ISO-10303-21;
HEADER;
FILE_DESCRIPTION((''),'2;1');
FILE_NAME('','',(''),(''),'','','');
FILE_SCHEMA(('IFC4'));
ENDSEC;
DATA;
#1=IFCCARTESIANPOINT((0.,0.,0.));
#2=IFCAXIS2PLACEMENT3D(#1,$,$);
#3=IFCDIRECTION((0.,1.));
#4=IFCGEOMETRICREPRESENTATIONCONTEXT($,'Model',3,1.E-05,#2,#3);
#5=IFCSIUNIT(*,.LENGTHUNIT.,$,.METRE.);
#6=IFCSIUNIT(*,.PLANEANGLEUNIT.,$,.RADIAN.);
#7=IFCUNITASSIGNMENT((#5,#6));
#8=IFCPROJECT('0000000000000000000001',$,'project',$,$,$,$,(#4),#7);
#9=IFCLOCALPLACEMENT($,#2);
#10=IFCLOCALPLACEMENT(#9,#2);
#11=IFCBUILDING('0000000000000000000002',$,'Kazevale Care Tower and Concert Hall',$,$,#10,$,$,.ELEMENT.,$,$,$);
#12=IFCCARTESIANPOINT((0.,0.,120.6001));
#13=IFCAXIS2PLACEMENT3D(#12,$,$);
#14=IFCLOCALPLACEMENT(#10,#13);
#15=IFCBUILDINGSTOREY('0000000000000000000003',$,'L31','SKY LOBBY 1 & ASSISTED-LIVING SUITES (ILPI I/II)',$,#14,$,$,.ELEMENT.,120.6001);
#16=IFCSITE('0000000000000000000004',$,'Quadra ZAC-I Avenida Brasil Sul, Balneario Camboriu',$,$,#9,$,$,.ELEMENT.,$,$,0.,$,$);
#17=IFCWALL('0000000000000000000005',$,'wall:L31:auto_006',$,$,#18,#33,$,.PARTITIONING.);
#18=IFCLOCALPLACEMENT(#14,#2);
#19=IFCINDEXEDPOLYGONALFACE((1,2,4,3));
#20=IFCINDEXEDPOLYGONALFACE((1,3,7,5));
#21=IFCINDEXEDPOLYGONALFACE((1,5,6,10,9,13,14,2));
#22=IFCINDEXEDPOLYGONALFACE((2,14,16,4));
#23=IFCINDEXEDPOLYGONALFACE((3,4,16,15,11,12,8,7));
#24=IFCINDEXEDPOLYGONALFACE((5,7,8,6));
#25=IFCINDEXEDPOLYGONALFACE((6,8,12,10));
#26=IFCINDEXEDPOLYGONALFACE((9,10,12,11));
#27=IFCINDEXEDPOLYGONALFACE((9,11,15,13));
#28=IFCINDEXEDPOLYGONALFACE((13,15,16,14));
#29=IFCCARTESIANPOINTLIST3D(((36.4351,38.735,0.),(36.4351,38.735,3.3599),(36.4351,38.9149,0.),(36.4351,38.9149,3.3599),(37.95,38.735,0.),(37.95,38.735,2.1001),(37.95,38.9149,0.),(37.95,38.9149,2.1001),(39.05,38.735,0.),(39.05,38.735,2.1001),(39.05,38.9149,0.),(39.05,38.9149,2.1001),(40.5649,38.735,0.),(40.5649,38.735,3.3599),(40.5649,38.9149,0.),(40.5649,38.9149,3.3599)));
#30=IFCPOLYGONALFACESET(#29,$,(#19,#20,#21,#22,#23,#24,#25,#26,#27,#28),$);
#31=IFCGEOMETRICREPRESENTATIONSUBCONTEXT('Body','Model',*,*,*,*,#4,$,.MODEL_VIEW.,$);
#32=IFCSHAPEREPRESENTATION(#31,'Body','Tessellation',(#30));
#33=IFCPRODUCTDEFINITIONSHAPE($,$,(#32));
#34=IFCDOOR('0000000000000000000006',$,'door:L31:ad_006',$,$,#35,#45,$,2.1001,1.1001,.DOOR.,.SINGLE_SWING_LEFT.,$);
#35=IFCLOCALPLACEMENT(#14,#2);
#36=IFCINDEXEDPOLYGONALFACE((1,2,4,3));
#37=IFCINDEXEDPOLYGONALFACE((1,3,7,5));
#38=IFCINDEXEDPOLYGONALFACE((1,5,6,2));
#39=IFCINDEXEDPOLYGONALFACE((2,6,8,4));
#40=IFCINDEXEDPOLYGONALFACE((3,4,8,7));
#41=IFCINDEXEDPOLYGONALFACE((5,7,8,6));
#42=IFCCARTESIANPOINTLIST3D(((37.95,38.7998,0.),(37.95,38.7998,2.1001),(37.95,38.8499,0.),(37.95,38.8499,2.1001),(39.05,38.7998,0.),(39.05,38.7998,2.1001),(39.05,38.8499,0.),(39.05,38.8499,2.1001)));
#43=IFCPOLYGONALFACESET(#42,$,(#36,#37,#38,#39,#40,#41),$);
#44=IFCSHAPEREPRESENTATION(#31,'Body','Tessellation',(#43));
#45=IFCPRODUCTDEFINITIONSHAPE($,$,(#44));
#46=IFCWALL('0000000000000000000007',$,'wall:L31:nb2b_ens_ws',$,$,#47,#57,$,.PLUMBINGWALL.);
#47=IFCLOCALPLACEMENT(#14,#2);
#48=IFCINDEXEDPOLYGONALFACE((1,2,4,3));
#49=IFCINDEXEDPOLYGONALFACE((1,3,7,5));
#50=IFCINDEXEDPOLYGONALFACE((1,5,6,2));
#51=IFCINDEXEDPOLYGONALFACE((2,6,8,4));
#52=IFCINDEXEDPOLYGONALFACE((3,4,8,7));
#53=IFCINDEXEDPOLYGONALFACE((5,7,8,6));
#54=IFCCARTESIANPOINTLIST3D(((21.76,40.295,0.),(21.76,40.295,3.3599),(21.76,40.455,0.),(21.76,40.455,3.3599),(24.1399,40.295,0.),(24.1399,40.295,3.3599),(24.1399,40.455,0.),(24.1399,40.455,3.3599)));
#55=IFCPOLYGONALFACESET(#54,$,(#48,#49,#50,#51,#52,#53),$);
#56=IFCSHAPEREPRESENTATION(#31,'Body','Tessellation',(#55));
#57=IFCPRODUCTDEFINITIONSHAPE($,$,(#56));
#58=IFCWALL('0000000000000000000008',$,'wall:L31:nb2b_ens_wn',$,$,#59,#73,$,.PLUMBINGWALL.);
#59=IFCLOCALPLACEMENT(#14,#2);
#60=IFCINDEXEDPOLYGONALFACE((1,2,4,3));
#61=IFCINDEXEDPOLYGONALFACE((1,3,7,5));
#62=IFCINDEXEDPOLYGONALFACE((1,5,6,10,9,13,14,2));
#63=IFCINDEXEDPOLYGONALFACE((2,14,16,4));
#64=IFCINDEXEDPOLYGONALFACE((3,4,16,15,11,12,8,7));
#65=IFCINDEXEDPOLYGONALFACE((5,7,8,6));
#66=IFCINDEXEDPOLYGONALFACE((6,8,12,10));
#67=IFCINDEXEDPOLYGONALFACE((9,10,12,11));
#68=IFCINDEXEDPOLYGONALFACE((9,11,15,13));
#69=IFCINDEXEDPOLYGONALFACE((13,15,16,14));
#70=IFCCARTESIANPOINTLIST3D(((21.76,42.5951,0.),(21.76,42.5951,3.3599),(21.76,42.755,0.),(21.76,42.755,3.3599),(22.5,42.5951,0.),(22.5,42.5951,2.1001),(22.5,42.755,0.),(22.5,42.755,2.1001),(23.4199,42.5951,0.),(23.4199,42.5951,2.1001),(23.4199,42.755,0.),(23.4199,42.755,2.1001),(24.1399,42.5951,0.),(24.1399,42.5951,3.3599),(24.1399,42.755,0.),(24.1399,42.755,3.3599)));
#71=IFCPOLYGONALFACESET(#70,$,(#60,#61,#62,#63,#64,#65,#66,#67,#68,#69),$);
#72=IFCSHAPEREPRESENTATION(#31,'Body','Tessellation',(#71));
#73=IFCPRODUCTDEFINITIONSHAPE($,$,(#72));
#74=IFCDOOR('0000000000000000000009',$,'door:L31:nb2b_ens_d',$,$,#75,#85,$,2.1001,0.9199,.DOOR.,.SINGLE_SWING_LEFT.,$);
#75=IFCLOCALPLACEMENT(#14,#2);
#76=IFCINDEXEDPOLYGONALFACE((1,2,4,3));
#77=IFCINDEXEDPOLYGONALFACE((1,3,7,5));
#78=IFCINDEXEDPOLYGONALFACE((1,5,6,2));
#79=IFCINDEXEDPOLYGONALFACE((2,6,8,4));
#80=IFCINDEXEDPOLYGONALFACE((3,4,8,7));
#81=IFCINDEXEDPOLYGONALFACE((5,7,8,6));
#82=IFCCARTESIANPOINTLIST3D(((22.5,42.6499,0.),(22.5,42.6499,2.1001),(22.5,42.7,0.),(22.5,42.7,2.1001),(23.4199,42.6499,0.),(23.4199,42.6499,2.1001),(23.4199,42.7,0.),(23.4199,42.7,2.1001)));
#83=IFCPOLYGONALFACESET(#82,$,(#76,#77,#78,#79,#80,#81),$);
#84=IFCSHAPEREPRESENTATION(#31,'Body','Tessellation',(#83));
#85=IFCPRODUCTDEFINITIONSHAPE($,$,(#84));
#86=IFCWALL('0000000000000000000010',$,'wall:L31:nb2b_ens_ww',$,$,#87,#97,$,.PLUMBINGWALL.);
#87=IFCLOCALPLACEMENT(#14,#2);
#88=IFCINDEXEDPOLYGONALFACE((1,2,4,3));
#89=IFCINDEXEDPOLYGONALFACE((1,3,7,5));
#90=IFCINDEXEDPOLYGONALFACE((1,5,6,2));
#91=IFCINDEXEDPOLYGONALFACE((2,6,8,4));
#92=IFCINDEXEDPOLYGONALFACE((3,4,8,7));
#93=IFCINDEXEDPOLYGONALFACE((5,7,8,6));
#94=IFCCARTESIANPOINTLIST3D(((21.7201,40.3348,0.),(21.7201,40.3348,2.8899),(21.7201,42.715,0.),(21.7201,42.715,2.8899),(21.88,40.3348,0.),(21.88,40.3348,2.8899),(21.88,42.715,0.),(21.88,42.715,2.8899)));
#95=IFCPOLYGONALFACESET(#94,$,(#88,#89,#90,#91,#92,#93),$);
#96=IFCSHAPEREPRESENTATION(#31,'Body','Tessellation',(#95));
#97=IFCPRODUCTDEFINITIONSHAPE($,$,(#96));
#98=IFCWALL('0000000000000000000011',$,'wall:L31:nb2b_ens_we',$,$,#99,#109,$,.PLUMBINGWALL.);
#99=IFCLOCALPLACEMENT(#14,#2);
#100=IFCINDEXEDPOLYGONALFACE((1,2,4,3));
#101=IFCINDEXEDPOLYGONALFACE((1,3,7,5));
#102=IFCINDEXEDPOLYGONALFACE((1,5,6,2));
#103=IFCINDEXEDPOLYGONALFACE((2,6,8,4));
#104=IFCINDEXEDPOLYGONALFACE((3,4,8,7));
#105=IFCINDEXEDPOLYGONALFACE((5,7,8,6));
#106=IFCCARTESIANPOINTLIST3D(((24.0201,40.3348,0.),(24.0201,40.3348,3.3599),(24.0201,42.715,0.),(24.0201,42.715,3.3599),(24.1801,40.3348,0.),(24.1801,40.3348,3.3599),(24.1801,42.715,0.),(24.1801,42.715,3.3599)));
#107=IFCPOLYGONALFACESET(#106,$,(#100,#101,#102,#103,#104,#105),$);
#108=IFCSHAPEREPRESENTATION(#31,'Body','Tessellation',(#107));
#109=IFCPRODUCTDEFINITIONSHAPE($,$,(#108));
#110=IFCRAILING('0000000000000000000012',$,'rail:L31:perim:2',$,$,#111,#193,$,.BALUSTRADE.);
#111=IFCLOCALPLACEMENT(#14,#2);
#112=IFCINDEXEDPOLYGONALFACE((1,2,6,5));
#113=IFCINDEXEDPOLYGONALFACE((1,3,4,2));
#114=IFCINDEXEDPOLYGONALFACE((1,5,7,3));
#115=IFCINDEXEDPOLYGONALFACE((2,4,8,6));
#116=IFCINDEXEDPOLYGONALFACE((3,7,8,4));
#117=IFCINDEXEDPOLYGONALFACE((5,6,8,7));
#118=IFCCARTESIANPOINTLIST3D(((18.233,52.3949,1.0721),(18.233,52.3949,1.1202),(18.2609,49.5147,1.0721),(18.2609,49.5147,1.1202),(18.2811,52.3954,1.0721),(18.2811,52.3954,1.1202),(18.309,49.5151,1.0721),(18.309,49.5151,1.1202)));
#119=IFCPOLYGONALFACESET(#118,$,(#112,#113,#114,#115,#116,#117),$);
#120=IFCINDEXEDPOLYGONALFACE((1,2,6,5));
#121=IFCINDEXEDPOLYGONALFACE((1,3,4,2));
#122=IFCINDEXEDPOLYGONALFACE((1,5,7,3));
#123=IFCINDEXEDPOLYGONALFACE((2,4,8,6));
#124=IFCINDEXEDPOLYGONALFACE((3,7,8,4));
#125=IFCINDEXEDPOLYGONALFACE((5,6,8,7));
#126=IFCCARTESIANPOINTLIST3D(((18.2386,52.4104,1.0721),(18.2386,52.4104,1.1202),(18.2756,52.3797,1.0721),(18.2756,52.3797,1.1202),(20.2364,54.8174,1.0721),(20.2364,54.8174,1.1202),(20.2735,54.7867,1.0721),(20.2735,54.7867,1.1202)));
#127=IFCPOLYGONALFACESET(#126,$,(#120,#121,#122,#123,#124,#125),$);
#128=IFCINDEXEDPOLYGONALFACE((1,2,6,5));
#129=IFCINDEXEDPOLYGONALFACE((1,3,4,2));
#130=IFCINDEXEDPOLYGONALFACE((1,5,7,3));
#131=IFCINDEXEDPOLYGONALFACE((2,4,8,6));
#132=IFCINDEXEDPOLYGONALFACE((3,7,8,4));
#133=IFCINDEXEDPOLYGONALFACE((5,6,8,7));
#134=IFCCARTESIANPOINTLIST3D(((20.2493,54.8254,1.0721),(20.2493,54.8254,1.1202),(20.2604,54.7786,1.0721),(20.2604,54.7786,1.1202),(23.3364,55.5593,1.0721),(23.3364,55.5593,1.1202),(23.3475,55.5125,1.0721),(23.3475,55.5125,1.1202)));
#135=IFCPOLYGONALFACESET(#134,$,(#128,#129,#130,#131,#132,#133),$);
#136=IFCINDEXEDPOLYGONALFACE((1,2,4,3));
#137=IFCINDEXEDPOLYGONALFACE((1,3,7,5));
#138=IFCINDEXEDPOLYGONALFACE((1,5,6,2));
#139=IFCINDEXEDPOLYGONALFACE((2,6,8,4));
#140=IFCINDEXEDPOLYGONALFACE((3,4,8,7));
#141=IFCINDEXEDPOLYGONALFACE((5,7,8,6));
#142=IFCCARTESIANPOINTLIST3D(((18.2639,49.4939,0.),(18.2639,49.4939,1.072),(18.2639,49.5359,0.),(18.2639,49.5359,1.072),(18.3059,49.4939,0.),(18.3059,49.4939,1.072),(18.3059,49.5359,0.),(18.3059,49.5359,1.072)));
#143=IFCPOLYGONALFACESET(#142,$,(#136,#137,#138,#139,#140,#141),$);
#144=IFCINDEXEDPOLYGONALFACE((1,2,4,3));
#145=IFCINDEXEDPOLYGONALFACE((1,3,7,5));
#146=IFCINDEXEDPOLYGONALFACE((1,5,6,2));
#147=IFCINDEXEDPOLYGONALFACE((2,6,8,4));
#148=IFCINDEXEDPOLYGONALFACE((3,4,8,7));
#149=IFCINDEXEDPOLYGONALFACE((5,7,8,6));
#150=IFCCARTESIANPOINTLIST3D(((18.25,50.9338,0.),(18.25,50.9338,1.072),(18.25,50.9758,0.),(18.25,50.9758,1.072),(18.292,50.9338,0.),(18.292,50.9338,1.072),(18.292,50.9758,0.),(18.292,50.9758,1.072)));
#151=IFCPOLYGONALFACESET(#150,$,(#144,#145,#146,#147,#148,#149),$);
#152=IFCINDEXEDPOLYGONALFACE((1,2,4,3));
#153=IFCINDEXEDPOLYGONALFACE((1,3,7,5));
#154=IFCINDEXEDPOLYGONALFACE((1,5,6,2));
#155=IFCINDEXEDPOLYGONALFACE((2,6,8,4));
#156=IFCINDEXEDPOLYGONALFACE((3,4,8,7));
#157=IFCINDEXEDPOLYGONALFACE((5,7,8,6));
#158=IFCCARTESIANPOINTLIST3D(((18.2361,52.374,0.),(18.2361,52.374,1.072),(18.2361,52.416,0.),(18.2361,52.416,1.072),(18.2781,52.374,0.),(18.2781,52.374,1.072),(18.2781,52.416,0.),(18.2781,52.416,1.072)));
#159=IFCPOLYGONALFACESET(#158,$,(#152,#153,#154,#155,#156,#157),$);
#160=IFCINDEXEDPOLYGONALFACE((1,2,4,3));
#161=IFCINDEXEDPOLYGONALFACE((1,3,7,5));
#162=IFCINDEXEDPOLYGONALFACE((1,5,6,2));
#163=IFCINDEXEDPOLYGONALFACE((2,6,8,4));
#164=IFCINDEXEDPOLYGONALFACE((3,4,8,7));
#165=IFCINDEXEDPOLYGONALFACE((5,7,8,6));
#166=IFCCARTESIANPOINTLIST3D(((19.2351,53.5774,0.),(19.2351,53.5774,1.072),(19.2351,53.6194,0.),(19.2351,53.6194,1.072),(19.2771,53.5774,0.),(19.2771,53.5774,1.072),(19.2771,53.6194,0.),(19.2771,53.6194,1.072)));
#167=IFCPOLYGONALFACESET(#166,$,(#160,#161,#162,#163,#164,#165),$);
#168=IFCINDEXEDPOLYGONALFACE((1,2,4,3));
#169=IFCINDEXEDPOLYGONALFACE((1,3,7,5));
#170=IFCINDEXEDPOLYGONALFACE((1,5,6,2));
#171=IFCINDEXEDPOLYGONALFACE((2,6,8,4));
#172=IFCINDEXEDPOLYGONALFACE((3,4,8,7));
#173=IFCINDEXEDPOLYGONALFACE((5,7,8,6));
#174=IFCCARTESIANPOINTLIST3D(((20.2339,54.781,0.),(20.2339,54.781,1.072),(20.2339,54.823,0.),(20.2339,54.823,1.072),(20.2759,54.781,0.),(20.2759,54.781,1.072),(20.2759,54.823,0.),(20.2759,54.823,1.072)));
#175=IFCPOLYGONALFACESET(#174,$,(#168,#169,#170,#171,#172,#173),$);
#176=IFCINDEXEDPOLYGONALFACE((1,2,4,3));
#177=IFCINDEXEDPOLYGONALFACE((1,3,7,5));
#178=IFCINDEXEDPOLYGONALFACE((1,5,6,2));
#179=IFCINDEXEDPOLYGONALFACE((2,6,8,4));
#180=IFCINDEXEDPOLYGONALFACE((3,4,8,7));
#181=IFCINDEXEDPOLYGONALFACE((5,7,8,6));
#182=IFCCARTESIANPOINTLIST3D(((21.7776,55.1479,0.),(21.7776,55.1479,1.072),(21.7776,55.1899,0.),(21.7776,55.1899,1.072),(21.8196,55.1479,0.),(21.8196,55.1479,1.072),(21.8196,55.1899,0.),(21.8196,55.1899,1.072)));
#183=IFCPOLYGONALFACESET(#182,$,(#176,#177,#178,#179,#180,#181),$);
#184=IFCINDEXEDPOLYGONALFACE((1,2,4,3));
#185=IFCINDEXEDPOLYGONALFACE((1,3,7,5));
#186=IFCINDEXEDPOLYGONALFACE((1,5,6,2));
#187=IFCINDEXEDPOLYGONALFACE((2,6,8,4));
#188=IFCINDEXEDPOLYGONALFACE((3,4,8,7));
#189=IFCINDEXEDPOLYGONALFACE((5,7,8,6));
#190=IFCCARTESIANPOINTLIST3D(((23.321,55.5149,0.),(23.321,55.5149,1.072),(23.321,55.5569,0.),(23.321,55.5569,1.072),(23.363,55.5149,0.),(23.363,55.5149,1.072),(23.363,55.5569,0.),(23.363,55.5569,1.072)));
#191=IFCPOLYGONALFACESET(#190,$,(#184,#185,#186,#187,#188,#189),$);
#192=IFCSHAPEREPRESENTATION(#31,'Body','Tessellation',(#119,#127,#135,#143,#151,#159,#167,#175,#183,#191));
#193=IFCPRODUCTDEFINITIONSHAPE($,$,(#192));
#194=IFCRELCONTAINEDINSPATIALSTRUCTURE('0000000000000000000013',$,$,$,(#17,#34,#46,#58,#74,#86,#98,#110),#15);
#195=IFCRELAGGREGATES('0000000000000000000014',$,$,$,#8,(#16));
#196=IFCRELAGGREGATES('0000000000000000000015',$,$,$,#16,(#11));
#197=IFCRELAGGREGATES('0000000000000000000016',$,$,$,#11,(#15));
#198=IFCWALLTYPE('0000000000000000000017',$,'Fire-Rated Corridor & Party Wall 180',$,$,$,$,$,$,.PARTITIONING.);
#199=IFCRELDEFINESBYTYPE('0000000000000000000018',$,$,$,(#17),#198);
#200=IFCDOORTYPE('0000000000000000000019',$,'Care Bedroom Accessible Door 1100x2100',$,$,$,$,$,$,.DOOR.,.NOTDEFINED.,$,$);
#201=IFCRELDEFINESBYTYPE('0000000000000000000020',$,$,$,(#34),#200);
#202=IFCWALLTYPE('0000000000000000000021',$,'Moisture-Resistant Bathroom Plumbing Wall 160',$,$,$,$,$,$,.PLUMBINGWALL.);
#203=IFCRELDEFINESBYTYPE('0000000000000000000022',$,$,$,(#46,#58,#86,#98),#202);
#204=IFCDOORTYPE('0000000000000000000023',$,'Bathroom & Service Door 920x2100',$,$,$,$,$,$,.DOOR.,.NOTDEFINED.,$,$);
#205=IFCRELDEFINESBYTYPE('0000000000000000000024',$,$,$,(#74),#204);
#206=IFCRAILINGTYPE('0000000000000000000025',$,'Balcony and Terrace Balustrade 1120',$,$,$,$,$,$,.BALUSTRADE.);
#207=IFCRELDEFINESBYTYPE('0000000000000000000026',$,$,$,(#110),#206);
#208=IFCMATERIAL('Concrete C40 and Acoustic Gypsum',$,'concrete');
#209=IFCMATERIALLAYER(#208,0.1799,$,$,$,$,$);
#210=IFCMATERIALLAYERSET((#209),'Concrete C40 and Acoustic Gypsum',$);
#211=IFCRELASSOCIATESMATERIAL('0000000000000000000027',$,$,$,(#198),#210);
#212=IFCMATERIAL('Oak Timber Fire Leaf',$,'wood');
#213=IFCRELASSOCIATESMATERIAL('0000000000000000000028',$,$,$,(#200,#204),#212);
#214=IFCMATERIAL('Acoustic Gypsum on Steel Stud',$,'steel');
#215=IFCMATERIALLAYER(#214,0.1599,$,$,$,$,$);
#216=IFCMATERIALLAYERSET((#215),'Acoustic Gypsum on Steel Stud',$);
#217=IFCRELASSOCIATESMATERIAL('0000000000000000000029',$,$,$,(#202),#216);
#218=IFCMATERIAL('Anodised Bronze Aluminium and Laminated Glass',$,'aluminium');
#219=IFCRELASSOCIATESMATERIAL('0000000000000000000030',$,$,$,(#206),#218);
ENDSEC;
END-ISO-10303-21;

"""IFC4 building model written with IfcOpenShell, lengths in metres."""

from ifc_helpers import new_model, si_unit, direction, frame, frame_2d, origin, origin_2d, place, context, subcontext, project, spatial, rectangle, extrude, material, layer, layer_set, type_object, element, fill, save


model = new_model("IFC4")

# Units and contexts
model_context = context("Model", 3, precision=1e-05, world=origin(), true_north=direction((0.0, 1.0)))
body_context = subcontext(model_context, "Body", "Model", "MODEL_VIEW")
ifc_project = project(units=[si_unit("LENGTHUNIT", "METRE"), si_unit("PLANEANGLEUNIT", "RADIAN")], contexts=[model_context])

# Site, building, storey
site_placement = place(None, origin())
site = spatial("IfcSite", under=ifc_project, at=site_placement, Name="Quadra ZAC-I Avenida Brasil Sul, Balneario Camboriu", CompositionType="ELEMENT", RefElevation=0.0)
building_placement = place(site_placement, origin())
building = spatial("IfcBuilding", under=site, at=building_placement, Name="Kazevale Care Tower and Concert Hall", CompositionType="ELEMENT")
storey_placement = place(building_placement, frame((0.0, 0.0, 120.6001)))
storey = spatial("IfcBuildingStorey", under=building, at=storey_placement, Name="L31", Description="SKY LOBBY 1 & ASSISTED-LIVING SUITES (ILPI I/II)", CompositionType="ELEMENT", Elevation=120.6001)

# Shared definitions
ifc_material_1 = material(Name="Acoustic Gypsum on Steel Stud", Category="steel")

# Wall, opening, door
ifc_material_2 = material(Name="Concrete C40 and Acoustic Gypsum", Category="concrete")
ifc_layer_1 = layer(ifc_material_2, 0.1799)
ifc_layer_set_1 = layer_set([ifc_layer_1], Name="Concrete C40 and Acoustic Gypsum")
wall_type_1 = type_object("IfcWallType", Name="Fire-Rated Corridor & Party Wall 180", PredefinedType="PARTITIONING", material=ifc_layer_set_1)
wall_1_placement = place(storey_placement, frame((36.4351, 38.825, 0.0), z_axis=(0.0, 0.0, 1.0), x_axis=(1.0, 0.0, 0.0)))
wall_1 = element("IfcWall", 1, at=wall_1_placement, inside=storey, type_object=wall_type_1, Name="wall:L31:auto_006", PredefinedType="PARTITIONING", context=body_context, shape_type="SweptSolid", body=[
    extrude(rectangle(XDim=4.1299, YDim=0.1799, at=frame_2d((2.0649, 0.0))), origin(), (0.0, 0.0, 1.0), 3.3599),
])
opening_1_placement = place(wall_1_placement, frame((1.5149, 0.0, 0.0)))
opening_1 = element("IfcOpeningElement", 2, at=opening_1_placement, cuts=wall_1, PredefinedType="OPENING", context=body_context, shape_type="SweptSolid", body=[
    extrude(rectangle(XDim=1.1001, YDim=2.1001, at=frame_2d((0.55, 1.05))), frame((0.0, 0.0999, 0.0), z_axis=(0.0, -1.0, 0.0), x_axis=(1.0, 0.0, 0.0)), (0.0, 0.0, 1.0), 0.2),
])
ifc_material_3 = material(Name="Oak Timber Fire Leaf", Category="wood")
door_type_1 = type_object("IfcDoorType", Name="Care Bedroom Accessible Door 1100x2100", OperationType="NOTDEFINED", PredefinedType="DOOR", material=ifc_material_3)
door_1_placement = place(opening_1_placement, origin())
door_1 = element("IfcDoor", 3, at=door_1_placement, inside=storey, type_object=door_type_1, Name="door:L31:ad_006", OperationType="SINGLE_SWING_LEFT", OverallHeight=2.1001, OverallWidth=1.1001, PredefinedType="DOOR", context=body_context, shape_type="SweptSolid", body=[
    extrude(rectangle(XDim=1.1001, YDim=2.1001, at=frame_2d((0.55, 1.05))), frame((0.0, 0.0249, 0.0), z_axis=(0.0, -1.0, 0.0), x_axis=(1.0, 0.0, 0.0)), (0.0, 0.0, 1.0), 0.05),
])
fill(opening_1, door_1)

# Wall
ifc_layer_2 = layer(ifc_material_1, 0.1599)
ifc_layer_set_2 = layer_set([ifc_layer_2], Name="Acoustic Gypsum on Steel Stud")
wall_type_2 = type_object("IfcWallType", Name="Moisture-Resistant Bathroom Plumbing Wall 160", PredefinedType="PLUMBINGWALL", material=ifc_layer_set_2)
wall_2_placement = place(storey_placement, frame((21.76, 40.375, 0.0), z_axis=(0.0, 0.0, 1.0), x_axis=(1.0, 0.0, 0.0)))
element("IfcWall", 4, at=wall_2_placement, inside=storey, type_object=wall_type_2, Name="wall:L31:nb2b_ens_ws", PredefinedType="PLUMBINGWALL", context=body_context, shape_type="SweptSolid", body=[
    extrude(rectangle(XDim=2.3799, YDim=0.1599, at=frame_2d((1.1899, 0.0))), origin(), (0.0, 0.0, 1.0), 3.3599),
])

# Wall, opening, door
wall_3_placement = place(storey_placement, frame((21.76, 42.675, 0.0), z_axis=(0.0, 0.0, 1.0), x_axis=(1.0, 0.0, 0.0)))
wall_3 = element("IfcWall", 5, at=wall_3_placement, inside=storey, type_object=wall_type_2, Name="wall:L31:nb2b_ens_wn", PredefinedType="PLUMBINGWALL", context=body_context, shape_type="SweptSolid", body=[
    extrude(rectangle(XDim=2.3799, YDim=0.1599, at=frame_2d((1.1899, 0.0))), origin(), (0.0, 0.0, 1.0), 3.3599),
])
opening_2_placement = place(wall_3_placement, frame((0.74, 0.0, 0.0)))
opening_2 = element("IfcOpeningElement", 6, at=opening_2_placement, cuts=wall_3, PredefinedType="OPENING", context=body_context, shape_type="SweptSolid", body=[
    extrude(rectangle(XDim=0.9199, YDim=2.1001, at=frame_2d((0.46, 1.05))), frame((0.0, 0.0898, 0.0), z_axis=(0.0, -1.0, 0.0), x_axis=(1.0, 0.0, 0.0)), (0.0, 0.0, 1.0), 0.1799),
])
door_type_2 = type_object("IfcDoorType", Name="Bathroom & Service Door 920x2100", OperationType="NOTDEFINED", PredefinedType="DOOR", material=ifc_material_3)
door_2_placement = place(opening_2_placement, origin())
door_2 = element("IfcDoor", 7, at=door_2_placement, inside=storey, type_object=door_type_2, Name="door:L31:nb2b_ens_d", OperationType="SINGLE_SWING_LEFT", OverallHeight=2.1001, OverallWidth=0.9199, PredefinedType="DOOR", context=body_context, shape_type="SweptSolid", body=[
    extrude(rectangle(XDim=0.9199, YDim=2.1001, at=frame_2d((0.46, 1.05))), frame((0.0, 0.0249, 0.0), z_axis=(0.0, -1.0, 0.0), x_axis=(1.0, 0.0, 0.0)), (0.0, 0.0, 1.0), 0.05),
])
fill(opening_2, door_2)

# Walls
wall_4_placement = place(storey_placement, frame((21.8, 40.335, 0.0), z_axis=(0.0, 0.0, 1.0), x_axis=(0.0, 1.0, 0.0)))
element("IfcWall", 8, at=wall_4_placement, inside=storey, type_object=wall_type_2, Name="wall:L31:nb2b_ens_ww", PredefinedType="PLUMBINGWALL", context=body_context, shape_type="SweptSolid", body=[
    extrude(rectangle(XDim=2.3801, YDim=0.1599, at=frame_2d((1.1899, 0.0))), origin(), (0.0, 0.0, 1.0), 2.8899),
])
wall_5_placement = place(storey_placement, frame((24.1001, 40.335, 0.0), z_axis=(0.0, 0.0, 1.0), x_axis=(0.0, 1.0, 0.0)))
element("IfcWall", 9, at=wall_5_placement, inside=storey, type_object=wall_type_2, Name="wall:L31:nb2b_ens_we", PredefinedType="PLUMBINGWALL", context=body_context, shape_type="SweptSolid", body=[
    extrude(rectangle(XDim=2.3801, YDim=0.1599, at=frame_2d((1.1899, 0.0))), origin(), (0.0, 0.0, 1.0), 3.3599),
])

# Railing
ifc_material_4 = material(Name="Anodised Bronze Aluminium and Laminated Glass", Category="aluminium")
railing_type = type_object("IfcRailingType", Name="Balcony and Terrace Balustrade 1120", PredefinedType="BALUSTRADE", material=ifc_material_4)
railing_1_placement = place(storey_placement, frame((18.2849, 49.5149, 0.0)))
element("IfcRailing", 10, at=railing_1_placement, inside=storey, type_object=railing_type, Name="rail:L31:perim:2", PredefinedType="BALUSTRADE", context=body_context, shape_type="SweptSolid", body=[
    extrude(rectangle(XDim=0.0481, YDim=0.0481, at=origin_2d()), frame((0.0, 0.0, 1.0962), z_axis=(-0.009663, 0.999953, 0.0), x_axis=(-0.999953, -0.009663, 0.0)), (0.0, 0.0, 1.0), 2.8804),
    extrude(rectangle(XDim=0.0481, YDim=0.0481, at=origin_2d()), frame((-0.0278, 2.8801, 1.0962), z_axis=(0.638671, 0.76948, 0.0), x_axis=(-0.76948, 0.638671, 0.0)), (0.0, 0.0, 1.0), 3.1282),
    extrude(rectangle(XDim=0.0481, YDim=0.0481, at=origin_2d()), frame((1.97, 5.2871, 1.0962), z_axis=(0.972888, 0.231277, 0.0), x_axis=(-0.231277, 0.972888, 0.0)), (0.0, 0.0, 1.0), 3.1731),
    extrude(rectangle(XDim=0.042, YDim=0.042, at=origin_2d()), origin(), (0.0, 0.0, 1.0), 1.072),
    extrude(rectangle(XDim=0.042, YDim=0.042, at=origin_2d()), frame((-0.0139, 1.4399, 0.0)), (0.0, 0.0, 1.0), 1.072),
    extrude(rectangle(XDim=0.042, YDim=0.042, at=origin_2d()), frame((-0.0278, 2.8801, 0.0)), (0.0, 0.0, 1.0), 1.072),
    extrude(rectangle(XDim=0.042, YDim=0.042, at=origin_2d()), frame((0.9712, 4.0835, 0.0)), (0.0, 0.0, 1.0), 1.072),
    extrude(rectangle(XDim=0.042, YDim=0.042, at=origin_2d()), frame((1.97, 5.2871, 0.0)), (0.0, 0.0, 1.0), 1.072),
    extrude(rectangle(XDim=0.042, YDim=0.042, at=origin_2d()), frame((3.5137, 5.6541, 0.0)), (0.0, 0.0, 1.0), 1.072),
    extrude(rectangle(XDim=0.042, YDim=0.042, at=origin_2d()), frame((5.0571, 6.021, 0.0)), (0.0, 0.0, 1.0), 1.072),
])

save(model, "model.ifc")
